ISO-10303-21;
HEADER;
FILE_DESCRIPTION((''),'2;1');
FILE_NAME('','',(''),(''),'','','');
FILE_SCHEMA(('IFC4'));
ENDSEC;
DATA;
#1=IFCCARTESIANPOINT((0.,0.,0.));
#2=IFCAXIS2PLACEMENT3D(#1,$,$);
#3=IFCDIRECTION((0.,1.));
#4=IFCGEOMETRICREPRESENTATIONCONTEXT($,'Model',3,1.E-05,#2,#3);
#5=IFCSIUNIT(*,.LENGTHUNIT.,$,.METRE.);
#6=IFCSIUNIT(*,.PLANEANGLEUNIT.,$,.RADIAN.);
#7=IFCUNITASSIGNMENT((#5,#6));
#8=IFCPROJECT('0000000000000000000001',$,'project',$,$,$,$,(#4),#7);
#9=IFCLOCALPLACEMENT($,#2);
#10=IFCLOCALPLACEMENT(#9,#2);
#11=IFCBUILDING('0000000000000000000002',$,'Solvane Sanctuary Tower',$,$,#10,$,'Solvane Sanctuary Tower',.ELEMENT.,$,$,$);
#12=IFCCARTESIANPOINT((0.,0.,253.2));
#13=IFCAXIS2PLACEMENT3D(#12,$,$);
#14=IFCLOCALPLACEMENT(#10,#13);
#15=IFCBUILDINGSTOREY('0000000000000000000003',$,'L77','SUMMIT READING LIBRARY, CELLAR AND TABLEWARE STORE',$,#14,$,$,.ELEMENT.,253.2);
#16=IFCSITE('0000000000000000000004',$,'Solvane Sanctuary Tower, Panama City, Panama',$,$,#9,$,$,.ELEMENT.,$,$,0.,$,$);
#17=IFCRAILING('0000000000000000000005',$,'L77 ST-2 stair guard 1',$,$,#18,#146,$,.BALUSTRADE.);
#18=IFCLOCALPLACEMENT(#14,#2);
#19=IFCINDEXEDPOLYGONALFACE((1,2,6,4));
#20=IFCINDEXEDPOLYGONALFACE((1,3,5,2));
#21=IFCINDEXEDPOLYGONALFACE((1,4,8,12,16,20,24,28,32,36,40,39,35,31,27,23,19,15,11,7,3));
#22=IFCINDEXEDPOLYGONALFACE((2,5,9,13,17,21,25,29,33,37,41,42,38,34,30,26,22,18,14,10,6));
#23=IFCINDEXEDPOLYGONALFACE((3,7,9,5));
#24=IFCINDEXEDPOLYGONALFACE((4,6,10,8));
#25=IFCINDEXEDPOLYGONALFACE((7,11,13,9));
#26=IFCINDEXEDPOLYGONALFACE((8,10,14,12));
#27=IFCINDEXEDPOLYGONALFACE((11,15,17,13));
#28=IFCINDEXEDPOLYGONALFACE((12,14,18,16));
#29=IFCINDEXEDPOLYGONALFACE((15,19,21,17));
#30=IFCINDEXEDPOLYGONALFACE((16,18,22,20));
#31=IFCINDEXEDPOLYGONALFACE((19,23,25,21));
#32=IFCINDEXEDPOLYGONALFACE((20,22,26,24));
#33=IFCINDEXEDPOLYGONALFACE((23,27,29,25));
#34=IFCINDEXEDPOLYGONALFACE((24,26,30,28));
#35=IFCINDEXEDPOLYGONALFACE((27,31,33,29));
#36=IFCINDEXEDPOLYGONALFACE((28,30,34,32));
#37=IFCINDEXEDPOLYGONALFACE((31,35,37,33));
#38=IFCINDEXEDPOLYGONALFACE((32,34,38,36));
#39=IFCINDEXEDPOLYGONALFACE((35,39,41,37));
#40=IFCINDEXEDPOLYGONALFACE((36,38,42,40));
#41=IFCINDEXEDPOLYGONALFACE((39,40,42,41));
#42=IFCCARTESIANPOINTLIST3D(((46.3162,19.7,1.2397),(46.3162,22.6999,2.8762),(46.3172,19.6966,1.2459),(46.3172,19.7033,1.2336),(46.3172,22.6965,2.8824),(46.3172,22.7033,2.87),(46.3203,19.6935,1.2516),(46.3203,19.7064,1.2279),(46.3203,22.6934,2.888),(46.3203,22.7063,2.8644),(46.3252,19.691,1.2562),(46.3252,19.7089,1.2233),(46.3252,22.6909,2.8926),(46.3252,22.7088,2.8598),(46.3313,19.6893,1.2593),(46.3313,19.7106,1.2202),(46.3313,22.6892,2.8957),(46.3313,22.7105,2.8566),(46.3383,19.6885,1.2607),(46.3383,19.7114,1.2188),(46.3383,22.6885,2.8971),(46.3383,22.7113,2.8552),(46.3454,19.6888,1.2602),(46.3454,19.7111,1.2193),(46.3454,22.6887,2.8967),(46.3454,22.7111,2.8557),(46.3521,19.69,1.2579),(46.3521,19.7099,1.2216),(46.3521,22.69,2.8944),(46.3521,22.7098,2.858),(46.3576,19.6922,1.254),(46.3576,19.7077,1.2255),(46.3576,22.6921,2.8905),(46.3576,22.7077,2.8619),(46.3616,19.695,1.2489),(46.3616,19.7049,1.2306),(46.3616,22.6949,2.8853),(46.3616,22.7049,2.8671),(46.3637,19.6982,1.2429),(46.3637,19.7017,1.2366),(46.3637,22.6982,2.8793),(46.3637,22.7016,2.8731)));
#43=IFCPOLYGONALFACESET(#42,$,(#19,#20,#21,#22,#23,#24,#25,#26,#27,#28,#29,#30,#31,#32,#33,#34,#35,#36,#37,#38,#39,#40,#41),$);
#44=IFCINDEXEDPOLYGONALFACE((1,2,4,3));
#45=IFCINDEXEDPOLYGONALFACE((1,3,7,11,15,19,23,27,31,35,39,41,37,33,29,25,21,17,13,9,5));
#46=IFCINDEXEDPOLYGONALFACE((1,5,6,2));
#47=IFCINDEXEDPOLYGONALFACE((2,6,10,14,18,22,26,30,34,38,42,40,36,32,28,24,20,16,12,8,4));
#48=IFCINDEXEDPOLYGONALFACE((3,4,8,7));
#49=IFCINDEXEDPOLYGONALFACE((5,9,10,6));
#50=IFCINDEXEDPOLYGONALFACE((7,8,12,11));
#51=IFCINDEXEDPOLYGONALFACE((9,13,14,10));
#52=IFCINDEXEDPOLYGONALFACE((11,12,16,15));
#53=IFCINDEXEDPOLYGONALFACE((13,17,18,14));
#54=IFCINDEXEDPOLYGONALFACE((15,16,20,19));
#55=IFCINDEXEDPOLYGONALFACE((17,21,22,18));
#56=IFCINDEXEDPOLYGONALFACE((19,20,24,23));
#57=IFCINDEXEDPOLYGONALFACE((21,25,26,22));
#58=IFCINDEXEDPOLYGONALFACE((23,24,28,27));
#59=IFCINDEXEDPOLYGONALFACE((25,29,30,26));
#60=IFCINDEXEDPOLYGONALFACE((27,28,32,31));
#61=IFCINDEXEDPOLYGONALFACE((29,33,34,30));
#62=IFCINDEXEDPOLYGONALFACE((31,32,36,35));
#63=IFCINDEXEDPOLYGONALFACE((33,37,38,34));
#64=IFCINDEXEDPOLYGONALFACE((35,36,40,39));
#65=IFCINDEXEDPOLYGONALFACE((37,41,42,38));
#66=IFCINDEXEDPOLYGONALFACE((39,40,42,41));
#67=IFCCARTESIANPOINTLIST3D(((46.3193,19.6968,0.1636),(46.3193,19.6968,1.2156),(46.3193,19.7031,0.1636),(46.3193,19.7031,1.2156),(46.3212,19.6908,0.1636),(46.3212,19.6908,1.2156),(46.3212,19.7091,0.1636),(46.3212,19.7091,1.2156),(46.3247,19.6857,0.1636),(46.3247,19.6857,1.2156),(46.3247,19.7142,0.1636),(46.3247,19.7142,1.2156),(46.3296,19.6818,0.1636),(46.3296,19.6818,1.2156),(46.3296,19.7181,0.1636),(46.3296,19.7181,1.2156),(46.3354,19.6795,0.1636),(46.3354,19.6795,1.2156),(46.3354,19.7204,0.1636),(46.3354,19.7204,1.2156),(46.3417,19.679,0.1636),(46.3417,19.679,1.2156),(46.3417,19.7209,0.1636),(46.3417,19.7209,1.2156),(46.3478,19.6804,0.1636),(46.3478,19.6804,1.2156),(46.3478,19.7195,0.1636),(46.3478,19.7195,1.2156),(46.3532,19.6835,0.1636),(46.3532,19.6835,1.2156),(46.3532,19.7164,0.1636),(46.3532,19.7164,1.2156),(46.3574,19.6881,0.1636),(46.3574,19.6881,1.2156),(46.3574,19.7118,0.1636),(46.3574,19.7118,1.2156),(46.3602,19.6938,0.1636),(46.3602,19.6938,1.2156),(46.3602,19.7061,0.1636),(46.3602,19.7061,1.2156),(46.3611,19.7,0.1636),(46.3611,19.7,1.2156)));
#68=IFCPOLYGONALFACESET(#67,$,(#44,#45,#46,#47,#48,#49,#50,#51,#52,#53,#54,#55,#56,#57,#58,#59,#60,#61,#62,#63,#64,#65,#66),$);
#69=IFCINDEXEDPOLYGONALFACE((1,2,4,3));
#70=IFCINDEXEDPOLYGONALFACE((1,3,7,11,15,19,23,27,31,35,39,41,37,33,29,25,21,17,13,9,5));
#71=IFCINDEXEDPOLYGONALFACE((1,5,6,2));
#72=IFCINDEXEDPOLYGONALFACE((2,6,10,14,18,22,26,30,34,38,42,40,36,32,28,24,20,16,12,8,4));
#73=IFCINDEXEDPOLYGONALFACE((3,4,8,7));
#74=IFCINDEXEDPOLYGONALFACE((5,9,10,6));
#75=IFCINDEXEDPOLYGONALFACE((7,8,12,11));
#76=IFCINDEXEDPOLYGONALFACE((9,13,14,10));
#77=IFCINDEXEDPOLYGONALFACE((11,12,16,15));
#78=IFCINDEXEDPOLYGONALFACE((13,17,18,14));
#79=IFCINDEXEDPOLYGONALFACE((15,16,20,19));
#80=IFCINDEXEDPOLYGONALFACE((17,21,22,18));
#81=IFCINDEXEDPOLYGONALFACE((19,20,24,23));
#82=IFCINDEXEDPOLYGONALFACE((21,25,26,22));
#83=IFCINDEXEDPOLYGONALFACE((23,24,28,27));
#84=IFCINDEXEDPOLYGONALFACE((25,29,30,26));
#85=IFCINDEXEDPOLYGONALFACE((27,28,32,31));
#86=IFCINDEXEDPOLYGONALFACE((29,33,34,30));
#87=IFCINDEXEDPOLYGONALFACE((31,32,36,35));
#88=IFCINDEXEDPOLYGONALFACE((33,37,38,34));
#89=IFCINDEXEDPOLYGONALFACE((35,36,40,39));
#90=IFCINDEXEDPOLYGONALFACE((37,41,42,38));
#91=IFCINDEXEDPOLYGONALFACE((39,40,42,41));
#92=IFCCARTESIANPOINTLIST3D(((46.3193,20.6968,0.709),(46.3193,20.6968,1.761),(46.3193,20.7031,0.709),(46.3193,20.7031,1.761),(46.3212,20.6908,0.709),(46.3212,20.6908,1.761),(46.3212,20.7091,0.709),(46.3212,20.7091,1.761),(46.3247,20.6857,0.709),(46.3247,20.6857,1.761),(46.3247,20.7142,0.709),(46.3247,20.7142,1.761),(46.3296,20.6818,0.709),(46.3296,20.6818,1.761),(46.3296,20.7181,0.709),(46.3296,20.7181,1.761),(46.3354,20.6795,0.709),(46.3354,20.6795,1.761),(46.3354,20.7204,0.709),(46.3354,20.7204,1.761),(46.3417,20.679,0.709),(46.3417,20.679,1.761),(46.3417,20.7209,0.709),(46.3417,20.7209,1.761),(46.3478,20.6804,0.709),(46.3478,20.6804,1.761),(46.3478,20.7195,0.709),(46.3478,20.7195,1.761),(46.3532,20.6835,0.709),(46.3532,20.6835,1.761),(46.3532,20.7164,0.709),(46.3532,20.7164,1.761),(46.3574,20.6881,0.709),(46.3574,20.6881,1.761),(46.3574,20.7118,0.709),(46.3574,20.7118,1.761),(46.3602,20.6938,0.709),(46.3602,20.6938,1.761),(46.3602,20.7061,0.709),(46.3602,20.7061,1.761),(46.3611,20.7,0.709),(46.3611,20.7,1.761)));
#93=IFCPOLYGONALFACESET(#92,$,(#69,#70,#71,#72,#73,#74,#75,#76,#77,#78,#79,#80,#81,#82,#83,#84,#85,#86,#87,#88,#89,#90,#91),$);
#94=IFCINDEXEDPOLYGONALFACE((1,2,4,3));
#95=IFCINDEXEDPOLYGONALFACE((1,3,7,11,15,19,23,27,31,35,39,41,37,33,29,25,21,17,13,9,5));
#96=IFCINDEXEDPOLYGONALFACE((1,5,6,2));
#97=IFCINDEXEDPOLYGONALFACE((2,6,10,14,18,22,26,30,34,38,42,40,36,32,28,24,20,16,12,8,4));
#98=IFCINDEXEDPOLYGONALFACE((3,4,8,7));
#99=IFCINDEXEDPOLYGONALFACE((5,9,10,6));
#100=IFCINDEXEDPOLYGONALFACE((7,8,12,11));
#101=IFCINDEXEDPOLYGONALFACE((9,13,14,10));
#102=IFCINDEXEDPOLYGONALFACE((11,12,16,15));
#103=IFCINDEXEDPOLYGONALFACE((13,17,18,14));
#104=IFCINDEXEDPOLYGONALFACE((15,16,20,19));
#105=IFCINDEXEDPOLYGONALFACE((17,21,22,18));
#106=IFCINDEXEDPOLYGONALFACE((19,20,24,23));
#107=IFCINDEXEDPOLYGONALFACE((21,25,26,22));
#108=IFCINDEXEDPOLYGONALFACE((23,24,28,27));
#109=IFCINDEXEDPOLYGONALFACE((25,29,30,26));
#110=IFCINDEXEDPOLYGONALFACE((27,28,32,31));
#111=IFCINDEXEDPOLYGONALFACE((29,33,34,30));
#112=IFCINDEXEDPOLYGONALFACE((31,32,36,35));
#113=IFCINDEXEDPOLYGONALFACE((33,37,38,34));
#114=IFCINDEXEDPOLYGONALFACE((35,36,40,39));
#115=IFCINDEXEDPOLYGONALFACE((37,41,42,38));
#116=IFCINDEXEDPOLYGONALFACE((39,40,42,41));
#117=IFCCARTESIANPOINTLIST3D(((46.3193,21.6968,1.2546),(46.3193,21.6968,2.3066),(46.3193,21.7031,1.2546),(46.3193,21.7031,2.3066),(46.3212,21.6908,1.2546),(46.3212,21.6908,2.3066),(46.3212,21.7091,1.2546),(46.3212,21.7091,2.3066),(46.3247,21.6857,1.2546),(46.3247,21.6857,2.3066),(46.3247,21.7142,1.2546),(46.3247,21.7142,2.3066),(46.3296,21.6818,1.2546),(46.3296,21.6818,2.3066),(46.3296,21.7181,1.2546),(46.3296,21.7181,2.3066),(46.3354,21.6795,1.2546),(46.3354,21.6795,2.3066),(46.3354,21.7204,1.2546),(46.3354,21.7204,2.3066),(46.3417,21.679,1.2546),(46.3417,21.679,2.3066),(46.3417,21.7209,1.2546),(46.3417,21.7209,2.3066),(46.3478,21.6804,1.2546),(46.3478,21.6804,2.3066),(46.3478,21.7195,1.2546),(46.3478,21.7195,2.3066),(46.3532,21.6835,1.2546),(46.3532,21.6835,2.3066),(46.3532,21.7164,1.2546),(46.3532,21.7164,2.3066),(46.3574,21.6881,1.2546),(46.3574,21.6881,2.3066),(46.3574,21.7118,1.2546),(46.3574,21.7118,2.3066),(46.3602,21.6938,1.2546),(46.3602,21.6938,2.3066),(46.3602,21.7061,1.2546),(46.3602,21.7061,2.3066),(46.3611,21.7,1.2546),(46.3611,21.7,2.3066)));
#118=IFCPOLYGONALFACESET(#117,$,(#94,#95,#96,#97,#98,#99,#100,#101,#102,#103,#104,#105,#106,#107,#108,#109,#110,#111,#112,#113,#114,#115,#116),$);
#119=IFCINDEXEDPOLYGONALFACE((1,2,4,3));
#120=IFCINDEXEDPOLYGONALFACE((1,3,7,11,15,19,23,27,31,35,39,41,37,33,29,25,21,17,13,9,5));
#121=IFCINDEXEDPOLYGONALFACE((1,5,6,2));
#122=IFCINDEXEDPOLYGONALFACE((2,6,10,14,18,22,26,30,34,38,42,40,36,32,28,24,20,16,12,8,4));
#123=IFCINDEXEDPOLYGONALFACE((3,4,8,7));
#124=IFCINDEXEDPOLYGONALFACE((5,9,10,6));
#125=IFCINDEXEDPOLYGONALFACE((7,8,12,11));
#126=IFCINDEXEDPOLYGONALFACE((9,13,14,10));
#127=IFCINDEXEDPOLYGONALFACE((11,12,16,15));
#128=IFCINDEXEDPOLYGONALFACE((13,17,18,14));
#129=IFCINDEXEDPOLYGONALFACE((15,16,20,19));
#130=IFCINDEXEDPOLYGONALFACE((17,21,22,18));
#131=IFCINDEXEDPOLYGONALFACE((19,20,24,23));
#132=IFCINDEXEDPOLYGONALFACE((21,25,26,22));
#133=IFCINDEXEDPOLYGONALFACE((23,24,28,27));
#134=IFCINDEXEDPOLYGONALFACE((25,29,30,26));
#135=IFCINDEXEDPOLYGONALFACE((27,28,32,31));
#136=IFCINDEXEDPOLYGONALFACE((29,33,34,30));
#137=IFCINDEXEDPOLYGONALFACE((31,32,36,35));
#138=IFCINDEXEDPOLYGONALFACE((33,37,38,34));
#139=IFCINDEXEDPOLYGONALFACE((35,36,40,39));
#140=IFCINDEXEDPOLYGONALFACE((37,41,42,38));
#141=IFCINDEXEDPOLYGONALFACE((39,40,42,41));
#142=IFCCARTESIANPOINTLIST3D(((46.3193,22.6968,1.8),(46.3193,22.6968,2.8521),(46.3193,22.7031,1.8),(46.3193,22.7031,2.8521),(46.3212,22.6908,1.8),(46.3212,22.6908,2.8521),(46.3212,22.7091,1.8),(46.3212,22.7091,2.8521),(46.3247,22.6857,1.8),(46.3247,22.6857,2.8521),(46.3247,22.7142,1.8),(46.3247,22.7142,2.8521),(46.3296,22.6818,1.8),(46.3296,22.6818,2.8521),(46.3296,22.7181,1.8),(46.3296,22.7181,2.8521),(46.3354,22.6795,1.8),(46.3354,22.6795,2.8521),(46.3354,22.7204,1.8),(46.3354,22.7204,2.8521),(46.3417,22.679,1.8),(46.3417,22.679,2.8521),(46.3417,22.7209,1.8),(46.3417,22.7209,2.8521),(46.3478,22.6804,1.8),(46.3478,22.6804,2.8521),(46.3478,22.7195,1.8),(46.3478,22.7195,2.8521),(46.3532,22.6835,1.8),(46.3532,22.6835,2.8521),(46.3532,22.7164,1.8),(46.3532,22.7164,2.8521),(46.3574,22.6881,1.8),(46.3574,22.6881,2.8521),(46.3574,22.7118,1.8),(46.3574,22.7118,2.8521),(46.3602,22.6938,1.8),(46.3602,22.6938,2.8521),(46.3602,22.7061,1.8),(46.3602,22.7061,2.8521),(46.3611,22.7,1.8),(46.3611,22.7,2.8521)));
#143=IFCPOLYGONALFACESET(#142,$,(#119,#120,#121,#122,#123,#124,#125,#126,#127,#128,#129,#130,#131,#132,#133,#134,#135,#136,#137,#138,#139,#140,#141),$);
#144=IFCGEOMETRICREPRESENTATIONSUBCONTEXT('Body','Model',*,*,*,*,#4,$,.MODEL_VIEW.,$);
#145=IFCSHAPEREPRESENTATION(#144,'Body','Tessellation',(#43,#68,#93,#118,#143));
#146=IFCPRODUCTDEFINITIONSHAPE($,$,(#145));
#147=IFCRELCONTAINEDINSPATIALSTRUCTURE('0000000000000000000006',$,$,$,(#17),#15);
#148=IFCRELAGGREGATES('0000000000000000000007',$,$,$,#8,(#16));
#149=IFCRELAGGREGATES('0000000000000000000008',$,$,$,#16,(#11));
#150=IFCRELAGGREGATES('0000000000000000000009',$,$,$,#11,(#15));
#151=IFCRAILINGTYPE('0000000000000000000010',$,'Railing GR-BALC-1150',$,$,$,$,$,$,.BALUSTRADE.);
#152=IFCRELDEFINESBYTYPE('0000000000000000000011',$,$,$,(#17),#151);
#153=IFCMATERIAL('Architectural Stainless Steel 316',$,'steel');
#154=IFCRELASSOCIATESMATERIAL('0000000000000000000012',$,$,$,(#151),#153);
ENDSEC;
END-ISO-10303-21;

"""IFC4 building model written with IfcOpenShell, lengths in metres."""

from ifc_helpers import new_model, si_unit, direction, frame, origin, origin_2d, place, context, subcontext, project, spatial, circle, extrude, material, type_object, element, save


model = new_model("IFC4")

# Units and contexts
model_context = context("Model", 3, precision=1e-05, world=origin(), true_north=direction((0.0, 1.0)))
body_context = subcontext(model_context, "Body", "Model", "MODEL_VIEW")
ifc_project = project(units=[si_unit("LENGTHUNIT", "METRE"), si_unit("PLANEANGLEUNIT", "RADIAN")], contexts=[model_context])

# Site, building, storey
site_placement = place(None, origin())
site = spatial("IfcSite", under=ifc_project, at=site_placement, Name="Solvane Sanctuary Tower, Panama City, Panama", CompositionType="ELEMENT", RefElevation=0.0)
building_placement = place(site_placement, origin())
building = spatial("IfcBuilding", under=site, at=building_placement, Name="Solvane Sanctuary Tower", LongName="Solvane Sanctuary Tower", CompositionType="ELEMENT")
storey_placement = place(building_placement, frame((0.0, 0.0, 253.2)))
storey = spatial("IfcBuildingStorey", under=building, at=storey_placement, Name="L77", Description="SUMMIT READING LIBRARY, CELLAR AND TABLEWARE STORE", CompositionType="ELEMENT", Elevation=253.2)

# Shared definitions
ifc_material_1 = material(Name="Architectural Stainless Steel 316", Category="steel")

# Railing
railing_type_1 = type_object("IfcRailingType", Name="Railing GR-BALC-1150", PredefinedType="BALUSTRADE", material=ifc_material_1)
railing_1_placement = place(storey_placement, frame((46.3401, 19.7, 0.1636)))
element("IfcRailing", 1, at=railing_1_placement, inside=storey, type_object=railing_type_1, Name="L77 ST-2 stair guard 1", PredefinedType="BALUSTRADE", context=body_context, shape_type="SweptSolid", body=[
    extrude(circle(Radius=0.0239, at=origin_2d()), frame((0.0, 0.0, 1.0762), z_axis=(0.0, 0.877882, 0.478877), x_axis=(-1.0, 0.0, 0.0)), (0.0, 0.0, 1.0), 3.4172),
    extrude(circle(Radius=0.021, at=origin_2d()), origin(), (0.0, 0.0, 1.0), 1.052),
    extrude(circle(Radius=0.021, at=origin_2d()), frame((0.0, 1.0, 0.5454)), (0.0, 0.0, 1.0), 1.052),
    extrude(circle(Radius=0.021, at=origin_2d()), frame((0.0, 2.0, 1.0911)), (0.0, 0.0, 1.0), 1.052),
    extrude(circle(Radius=0.021, at=origin_2d()), frame((0.0, 3.0, 1.6365)), (0.0, 0.0, 1.0), 1.052),
])

save(model, "model.ifc")
